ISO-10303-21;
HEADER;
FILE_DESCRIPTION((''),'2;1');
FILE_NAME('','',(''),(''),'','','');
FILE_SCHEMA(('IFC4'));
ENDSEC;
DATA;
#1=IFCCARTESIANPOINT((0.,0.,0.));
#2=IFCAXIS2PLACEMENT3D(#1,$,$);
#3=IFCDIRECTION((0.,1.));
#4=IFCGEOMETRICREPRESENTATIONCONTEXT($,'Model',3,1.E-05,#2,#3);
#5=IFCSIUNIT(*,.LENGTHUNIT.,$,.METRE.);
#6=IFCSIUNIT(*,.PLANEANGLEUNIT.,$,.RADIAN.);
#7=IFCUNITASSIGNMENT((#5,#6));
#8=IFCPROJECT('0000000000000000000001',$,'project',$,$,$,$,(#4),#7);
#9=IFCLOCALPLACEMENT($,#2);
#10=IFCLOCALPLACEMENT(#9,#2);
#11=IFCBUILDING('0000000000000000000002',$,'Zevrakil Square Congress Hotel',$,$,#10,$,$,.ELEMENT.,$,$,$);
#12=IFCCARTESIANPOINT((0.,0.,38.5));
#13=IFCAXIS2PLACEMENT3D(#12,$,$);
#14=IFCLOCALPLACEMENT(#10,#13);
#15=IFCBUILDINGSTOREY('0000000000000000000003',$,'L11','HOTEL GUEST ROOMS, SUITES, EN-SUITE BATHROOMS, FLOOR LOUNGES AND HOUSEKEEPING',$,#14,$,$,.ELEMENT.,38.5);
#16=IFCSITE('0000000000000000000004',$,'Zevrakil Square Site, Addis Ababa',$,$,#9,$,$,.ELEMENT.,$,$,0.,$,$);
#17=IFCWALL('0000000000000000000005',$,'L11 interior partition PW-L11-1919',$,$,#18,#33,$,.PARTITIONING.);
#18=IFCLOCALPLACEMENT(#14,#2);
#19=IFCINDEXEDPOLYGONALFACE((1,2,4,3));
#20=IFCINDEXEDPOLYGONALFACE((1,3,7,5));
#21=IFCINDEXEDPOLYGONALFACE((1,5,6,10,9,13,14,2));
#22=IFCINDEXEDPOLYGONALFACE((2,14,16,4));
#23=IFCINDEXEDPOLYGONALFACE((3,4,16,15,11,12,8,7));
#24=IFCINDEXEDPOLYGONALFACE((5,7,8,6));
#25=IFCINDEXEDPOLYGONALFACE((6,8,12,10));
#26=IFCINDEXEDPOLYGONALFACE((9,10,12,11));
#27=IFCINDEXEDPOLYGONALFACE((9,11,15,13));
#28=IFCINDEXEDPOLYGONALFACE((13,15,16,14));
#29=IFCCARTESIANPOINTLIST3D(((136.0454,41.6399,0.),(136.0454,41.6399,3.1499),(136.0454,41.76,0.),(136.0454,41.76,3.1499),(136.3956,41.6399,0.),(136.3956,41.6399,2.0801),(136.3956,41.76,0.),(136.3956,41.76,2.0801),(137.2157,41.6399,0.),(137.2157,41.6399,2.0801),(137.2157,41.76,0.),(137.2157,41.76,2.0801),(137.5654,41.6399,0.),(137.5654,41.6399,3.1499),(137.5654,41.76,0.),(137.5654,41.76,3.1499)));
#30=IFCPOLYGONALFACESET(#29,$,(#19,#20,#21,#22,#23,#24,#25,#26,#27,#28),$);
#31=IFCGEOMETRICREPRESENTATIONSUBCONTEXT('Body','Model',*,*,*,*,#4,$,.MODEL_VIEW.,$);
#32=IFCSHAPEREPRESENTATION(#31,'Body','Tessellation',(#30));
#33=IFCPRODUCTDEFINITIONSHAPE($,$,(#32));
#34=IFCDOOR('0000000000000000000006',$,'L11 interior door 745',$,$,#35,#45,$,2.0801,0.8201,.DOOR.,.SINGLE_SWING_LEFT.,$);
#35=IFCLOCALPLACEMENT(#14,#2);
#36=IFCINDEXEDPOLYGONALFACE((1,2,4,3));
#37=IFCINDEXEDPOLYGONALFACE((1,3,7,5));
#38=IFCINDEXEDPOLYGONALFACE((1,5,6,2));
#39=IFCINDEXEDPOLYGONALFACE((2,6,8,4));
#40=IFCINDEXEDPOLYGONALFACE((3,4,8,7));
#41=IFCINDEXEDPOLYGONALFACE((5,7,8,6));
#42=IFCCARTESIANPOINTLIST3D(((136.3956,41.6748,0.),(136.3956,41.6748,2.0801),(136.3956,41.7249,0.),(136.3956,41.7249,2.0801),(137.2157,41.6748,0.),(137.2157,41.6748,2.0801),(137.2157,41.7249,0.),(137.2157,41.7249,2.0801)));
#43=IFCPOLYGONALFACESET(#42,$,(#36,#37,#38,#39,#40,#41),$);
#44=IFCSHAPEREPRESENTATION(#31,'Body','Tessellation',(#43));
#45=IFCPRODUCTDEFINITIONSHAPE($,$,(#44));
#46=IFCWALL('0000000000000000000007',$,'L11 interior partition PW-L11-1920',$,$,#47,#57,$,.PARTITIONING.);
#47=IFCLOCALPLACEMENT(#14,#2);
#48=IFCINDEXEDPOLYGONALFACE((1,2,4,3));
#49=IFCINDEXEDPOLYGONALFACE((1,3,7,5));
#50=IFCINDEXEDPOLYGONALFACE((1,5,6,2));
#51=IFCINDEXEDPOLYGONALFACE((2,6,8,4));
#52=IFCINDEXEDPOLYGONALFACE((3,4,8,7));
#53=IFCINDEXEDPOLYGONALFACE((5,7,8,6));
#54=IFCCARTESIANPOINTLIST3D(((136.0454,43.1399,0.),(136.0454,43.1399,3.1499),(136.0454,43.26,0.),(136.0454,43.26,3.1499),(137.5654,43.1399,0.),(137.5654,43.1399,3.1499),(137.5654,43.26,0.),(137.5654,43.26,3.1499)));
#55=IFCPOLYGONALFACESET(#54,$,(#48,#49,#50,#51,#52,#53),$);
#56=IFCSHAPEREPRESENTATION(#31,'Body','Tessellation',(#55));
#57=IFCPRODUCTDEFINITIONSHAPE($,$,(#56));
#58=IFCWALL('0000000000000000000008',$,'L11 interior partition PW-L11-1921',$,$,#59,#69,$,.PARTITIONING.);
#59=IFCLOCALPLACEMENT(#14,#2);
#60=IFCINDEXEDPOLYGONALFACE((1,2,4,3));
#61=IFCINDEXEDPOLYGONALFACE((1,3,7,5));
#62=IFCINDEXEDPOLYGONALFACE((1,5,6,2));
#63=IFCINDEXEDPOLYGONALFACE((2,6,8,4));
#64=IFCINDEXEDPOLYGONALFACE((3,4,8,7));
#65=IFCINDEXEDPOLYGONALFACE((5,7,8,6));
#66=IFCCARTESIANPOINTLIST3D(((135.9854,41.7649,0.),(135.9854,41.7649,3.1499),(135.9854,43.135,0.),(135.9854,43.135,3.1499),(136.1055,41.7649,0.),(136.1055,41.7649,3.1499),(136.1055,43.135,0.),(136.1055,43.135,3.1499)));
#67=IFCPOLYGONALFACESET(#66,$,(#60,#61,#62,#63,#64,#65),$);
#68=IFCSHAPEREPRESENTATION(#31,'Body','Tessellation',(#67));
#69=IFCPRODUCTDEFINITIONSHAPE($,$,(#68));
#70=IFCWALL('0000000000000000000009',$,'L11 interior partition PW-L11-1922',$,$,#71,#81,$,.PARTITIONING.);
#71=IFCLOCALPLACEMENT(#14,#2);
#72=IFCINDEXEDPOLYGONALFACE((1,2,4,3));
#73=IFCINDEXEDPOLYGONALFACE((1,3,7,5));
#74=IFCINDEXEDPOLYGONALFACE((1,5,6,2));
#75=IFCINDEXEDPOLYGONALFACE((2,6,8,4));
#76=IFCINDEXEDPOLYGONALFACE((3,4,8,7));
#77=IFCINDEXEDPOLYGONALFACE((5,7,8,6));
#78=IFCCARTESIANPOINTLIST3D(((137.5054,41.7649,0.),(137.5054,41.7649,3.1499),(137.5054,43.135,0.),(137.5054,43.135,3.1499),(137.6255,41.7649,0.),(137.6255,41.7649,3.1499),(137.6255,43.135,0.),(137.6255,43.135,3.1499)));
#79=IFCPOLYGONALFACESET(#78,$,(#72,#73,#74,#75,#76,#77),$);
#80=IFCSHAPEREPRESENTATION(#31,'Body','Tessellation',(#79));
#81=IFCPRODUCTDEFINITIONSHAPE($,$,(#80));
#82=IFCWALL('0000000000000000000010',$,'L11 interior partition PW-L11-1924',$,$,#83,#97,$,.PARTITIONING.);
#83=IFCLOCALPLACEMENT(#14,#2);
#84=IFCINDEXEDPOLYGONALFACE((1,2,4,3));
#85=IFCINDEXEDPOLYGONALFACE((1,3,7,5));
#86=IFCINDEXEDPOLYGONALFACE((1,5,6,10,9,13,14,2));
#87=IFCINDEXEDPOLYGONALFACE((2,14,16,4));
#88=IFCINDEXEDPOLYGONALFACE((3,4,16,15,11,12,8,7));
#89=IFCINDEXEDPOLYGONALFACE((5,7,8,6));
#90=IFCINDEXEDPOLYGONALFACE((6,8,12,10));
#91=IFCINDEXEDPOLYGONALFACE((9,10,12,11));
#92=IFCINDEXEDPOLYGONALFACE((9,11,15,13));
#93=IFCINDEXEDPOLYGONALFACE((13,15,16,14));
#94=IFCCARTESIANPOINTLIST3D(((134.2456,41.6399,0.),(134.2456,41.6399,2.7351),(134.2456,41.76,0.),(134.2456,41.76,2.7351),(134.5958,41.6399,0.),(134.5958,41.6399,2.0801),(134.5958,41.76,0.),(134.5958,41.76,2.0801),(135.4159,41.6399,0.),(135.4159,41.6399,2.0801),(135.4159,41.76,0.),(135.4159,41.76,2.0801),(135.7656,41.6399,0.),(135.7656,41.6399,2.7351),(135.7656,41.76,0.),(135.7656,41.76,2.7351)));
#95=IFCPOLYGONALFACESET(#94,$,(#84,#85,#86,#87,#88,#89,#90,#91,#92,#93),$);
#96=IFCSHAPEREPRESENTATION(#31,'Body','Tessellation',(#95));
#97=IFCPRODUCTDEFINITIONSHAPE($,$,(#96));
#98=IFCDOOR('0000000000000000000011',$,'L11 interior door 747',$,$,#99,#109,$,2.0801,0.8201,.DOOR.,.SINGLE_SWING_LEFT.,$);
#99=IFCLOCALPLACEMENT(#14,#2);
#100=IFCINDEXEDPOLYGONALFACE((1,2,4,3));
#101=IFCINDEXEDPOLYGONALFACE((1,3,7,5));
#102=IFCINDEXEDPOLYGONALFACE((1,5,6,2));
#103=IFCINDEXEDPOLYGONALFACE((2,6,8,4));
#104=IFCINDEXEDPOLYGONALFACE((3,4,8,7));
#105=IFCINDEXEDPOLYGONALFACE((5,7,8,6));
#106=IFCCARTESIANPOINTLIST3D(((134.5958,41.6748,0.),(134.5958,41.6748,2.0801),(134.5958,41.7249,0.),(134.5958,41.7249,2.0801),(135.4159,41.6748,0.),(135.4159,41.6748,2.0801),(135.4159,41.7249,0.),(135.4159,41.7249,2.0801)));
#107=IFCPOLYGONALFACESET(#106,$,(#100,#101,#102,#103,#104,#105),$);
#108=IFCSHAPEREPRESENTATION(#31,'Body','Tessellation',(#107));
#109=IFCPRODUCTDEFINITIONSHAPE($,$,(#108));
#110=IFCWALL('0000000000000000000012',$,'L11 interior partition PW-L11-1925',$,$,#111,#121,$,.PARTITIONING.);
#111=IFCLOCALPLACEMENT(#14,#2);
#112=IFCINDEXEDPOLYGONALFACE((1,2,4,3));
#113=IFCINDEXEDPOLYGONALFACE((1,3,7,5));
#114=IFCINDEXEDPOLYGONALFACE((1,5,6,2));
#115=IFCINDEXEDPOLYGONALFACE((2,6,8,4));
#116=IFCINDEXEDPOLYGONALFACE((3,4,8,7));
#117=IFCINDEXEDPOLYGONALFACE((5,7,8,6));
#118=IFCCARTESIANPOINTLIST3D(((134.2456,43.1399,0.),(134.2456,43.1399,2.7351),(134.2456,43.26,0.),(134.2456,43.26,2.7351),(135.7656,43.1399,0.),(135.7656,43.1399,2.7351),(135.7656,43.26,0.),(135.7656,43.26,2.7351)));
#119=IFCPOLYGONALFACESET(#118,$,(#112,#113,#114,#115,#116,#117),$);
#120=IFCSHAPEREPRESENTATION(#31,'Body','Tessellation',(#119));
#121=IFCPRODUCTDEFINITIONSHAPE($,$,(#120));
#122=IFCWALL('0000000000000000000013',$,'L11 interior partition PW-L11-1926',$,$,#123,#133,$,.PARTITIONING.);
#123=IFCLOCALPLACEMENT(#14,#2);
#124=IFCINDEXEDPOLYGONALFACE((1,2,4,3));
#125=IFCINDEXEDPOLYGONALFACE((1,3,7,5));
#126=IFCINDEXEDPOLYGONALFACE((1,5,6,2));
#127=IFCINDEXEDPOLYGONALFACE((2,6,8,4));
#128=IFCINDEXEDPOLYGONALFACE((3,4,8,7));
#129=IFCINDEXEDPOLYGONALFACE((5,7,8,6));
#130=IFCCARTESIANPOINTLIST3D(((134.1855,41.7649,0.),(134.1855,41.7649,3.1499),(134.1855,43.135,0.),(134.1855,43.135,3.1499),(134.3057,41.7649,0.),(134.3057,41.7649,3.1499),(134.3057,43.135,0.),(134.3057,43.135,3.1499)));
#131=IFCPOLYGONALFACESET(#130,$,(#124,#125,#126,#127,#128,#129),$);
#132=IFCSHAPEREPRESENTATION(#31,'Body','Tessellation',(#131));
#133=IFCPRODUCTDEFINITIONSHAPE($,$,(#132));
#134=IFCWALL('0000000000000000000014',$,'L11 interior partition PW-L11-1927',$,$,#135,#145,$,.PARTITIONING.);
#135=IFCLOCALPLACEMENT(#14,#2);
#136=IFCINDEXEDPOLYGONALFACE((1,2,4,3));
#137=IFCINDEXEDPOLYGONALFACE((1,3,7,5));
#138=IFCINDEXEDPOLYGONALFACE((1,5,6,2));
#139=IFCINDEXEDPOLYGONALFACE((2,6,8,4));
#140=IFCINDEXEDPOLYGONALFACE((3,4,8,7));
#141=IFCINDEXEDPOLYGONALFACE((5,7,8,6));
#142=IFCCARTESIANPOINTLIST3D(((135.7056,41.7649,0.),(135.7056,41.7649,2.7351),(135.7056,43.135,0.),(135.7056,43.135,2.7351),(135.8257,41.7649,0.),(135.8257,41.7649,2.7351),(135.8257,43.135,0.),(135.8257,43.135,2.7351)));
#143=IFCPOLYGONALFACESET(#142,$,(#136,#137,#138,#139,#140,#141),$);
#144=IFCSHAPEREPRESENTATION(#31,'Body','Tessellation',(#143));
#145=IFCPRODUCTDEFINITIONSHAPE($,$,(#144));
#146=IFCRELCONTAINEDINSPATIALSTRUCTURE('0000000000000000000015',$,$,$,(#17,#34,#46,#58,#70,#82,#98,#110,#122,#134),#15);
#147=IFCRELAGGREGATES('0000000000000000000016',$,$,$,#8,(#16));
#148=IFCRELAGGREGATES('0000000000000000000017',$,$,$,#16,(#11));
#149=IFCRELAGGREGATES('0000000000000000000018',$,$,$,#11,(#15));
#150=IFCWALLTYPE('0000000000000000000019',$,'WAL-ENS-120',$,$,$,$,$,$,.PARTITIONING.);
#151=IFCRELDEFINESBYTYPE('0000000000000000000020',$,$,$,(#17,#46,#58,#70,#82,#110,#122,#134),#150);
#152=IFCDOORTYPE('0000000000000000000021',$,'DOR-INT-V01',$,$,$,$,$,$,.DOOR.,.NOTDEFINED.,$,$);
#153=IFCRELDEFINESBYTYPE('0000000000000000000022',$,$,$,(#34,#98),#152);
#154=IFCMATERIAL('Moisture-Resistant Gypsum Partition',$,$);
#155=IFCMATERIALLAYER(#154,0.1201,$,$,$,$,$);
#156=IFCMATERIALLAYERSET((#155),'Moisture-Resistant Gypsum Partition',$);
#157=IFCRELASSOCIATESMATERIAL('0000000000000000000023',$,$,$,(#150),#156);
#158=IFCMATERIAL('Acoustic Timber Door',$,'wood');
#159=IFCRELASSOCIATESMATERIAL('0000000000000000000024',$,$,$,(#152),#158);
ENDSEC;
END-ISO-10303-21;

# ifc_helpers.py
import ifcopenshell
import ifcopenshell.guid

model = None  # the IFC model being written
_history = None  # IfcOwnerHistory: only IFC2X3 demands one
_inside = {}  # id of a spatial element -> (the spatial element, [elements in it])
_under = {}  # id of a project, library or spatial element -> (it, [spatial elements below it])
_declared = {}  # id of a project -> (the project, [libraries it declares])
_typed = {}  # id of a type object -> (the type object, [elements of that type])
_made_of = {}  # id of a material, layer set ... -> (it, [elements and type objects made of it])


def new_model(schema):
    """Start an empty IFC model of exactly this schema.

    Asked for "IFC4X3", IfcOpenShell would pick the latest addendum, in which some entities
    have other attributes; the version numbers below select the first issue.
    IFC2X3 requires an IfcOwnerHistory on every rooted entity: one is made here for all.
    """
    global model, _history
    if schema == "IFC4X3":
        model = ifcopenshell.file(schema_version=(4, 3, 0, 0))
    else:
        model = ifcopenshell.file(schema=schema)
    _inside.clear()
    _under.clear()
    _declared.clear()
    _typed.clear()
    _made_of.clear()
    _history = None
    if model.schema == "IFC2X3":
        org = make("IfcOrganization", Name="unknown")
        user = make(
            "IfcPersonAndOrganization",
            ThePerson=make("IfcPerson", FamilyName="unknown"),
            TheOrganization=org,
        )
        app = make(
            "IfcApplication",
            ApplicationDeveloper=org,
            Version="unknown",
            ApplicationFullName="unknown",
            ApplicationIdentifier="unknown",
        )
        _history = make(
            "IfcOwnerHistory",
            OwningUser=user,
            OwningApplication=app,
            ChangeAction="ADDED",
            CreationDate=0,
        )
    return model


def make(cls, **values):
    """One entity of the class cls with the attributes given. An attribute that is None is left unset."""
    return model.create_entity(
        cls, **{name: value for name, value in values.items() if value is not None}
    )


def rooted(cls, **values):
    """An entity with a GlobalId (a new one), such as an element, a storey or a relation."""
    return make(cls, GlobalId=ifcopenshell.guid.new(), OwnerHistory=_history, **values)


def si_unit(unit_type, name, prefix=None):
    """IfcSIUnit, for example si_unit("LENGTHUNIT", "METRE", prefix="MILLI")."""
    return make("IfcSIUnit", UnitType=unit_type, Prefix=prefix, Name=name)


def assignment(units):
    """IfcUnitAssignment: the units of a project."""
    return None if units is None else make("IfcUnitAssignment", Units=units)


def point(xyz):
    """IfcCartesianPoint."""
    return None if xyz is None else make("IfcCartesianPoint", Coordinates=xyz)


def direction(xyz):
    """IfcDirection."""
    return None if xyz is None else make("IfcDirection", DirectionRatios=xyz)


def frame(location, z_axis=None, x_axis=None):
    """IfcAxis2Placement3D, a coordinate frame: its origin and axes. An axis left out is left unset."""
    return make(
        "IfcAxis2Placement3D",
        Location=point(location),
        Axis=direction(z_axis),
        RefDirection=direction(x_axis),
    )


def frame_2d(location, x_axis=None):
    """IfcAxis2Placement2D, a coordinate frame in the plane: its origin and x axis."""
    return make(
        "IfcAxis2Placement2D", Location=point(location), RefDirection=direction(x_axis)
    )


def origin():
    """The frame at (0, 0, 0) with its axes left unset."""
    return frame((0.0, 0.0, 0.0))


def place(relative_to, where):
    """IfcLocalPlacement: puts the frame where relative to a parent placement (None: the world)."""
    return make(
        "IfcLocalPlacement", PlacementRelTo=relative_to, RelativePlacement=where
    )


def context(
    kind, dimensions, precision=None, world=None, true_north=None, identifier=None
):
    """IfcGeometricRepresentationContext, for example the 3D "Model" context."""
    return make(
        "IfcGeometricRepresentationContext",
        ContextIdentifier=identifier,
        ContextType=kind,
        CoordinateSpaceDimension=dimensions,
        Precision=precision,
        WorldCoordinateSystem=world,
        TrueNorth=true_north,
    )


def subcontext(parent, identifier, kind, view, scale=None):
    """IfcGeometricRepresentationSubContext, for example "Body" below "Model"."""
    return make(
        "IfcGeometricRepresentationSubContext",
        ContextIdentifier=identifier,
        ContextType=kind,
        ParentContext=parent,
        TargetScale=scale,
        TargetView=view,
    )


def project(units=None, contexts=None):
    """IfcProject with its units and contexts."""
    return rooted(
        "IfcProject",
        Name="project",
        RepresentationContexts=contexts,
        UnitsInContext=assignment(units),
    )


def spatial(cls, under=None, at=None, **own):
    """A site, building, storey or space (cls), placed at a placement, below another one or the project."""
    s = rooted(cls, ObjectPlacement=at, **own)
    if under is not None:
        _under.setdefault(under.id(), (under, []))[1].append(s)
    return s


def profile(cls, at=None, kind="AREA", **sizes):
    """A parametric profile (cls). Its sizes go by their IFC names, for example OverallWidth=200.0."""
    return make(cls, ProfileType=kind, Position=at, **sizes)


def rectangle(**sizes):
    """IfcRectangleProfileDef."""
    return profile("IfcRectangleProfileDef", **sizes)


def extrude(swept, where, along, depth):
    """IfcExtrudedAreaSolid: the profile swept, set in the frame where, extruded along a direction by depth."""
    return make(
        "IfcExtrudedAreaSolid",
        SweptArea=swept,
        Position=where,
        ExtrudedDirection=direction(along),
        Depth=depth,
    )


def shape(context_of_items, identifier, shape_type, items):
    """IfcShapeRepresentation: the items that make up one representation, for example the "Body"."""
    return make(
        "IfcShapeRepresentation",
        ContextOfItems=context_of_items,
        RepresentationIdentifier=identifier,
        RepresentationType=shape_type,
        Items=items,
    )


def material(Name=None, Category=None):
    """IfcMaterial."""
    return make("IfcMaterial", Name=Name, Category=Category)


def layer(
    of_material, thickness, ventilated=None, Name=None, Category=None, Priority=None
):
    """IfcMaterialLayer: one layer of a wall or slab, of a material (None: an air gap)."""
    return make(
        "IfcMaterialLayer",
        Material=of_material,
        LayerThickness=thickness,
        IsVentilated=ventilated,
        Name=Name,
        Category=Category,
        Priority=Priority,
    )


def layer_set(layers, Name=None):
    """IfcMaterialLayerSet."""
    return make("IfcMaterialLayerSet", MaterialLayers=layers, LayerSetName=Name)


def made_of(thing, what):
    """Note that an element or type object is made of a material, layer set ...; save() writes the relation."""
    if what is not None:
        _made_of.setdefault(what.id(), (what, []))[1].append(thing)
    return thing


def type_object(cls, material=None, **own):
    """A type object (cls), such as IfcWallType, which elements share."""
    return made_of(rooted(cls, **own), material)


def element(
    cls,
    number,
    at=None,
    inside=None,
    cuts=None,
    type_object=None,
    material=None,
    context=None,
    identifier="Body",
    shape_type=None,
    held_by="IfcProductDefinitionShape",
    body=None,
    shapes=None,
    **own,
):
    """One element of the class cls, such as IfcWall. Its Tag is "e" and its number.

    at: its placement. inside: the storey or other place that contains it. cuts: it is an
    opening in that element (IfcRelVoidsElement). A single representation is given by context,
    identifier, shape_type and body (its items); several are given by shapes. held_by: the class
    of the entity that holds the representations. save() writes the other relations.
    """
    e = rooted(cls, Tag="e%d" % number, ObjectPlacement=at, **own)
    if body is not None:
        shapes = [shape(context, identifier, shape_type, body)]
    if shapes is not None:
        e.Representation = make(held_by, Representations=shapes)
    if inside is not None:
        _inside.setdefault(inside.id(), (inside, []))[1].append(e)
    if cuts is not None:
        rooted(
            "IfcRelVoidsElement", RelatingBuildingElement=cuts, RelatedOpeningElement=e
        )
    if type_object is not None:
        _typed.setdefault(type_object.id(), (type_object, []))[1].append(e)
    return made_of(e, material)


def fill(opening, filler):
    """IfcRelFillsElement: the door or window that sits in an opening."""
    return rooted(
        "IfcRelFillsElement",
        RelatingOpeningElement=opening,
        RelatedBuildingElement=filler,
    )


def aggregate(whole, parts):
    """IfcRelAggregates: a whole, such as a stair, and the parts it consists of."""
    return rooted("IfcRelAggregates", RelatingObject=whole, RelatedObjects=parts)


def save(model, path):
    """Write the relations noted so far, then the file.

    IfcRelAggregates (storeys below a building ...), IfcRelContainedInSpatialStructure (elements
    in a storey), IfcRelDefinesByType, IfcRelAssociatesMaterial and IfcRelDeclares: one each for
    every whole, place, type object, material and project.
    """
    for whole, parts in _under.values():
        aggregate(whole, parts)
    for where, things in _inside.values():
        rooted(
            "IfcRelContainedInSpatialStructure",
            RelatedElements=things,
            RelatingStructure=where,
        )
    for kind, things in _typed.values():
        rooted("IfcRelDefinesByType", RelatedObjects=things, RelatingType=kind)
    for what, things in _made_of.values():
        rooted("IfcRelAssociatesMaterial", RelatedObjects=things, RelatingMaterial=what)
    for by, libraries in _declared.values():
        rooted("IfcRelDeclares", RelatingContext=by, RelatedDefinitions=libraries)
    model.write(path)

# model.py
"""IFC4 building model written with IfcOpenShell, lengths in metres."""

from ifc_helpers import new_model, si_unit, direction, frame, frame_2d, origin, place, context, subcontext, project, spatial, rectangle, extrude, material, layer, layer_set, type_object, element, fill, save


model = new_model("IFC4")

# Units and contexts
model_context = context("Model", 3, precision=1e-05, world=origin(), true_north=direction((0.0, 1.0)))
body_context = subcontext(model_context, "Body", "Model", "MODEL_VIEW")
ifc_project = project(units=[si_unit("LENGTHUNIT", "METRE"), si_unit("PLANEANGLEUNIT", "RADIAN")], contexts=[model_context])

# Site, building, storey
site_placement = place(None, origin())
site = spatial("IfcSite", under=ifc_project, at=site_placement, Name="Zevrakil Square Site, Addis Ababa", CompositionType="ELEMENT", RefElevation=0.0)
building_placement = place(site_placement, origin())
building = spatial("IfcBuilding", under=site, at=building_placement, Name="Zevrakil Square Congress Hotel", CompositionType="ELEMENT")
storey_placement = place(building_placement, frame((0.0, 0.0, 38.5)))
storey = spatial("IfcBuildingStorey", under=building, at=storey_placement, Name="L11", Description="HOTEL GUEST ROOMS, SUITES, EN-SUITE BATHROOMS, FLOOR LOUNGES AND HOUSEKEEPING", CompositionType="ELEMENT", Elevation=38.5)

# Wall, opening, door
ifc_material_1 = material(Name="Moisture-Resistant Gypsum Partition")
ifc_layer_1 = layer(ifc_material_1, 0.1201)
ifc_layer_set_1 = layer_set([ifc_layer_1], Name="Moisture-Resistant Gypsum Partition")
wall_type_1 = type_object("IfcWallType", Name="WAL-ENS-120", PredefinedType="PARTITIONING", material=ifc_layer_set_1)
wall_1_placement = place(storey_placement, frame((136.0454, 41.7, 0.0), z_axis=(0.0, 0.0, 1.0), x_axis=(1.0, 0.0, 0.0)))
wall_1 = element("IfcWall", 1, at=wall_1_placement, inside=storey, type_object=wall_type_1, Name="L11 interior partition PW-L11-1919", PredefinedType="PARTITIONING", context=body_context, shape_type="SweptSolid", body=[
    extrude(rectangle(XDim=1.52, YDim=0.1201, at=frame_2d((0.76, 0.0))), origin(), (0.0, 0.0, 1.0), 3.1499),
])
opening_1_placement = place(wall_1_placement, frame((0.3501, 0.0, 0.0)))
opening_1 = element("IfcOpeningElement", 2, at=opening_1_placement, cuts=wall_1, PredefinedType="OPENING", context=body_context, shape_type="SweptSolid", body=[
    extrude(rectangle(XDim=0.8201, YDim=2.0801, at=frame_2d((0.4102, 1.04))), frame((0.0, 0.0701, 0.0), z_axis=(0.0, -1.0, 0.0), x_axis=(1.0, 0.0, 0.0)), (0.0, 0.0, 1.0), 0.1401),
])
ifc_material_2 = material(Name="Acoustic Timber Door", Category="wood")
door_type_1 = type_object("IfcDoorType", Name="DOR-INT-V01", OperationType="NOTDEFINED", PredefinedType="DOOR", material=ifc_material_2)
door_1_placement = place(opening_1_placement, origin())
door_1 = element("IfcDoor", 3, at=door_1_placement, inside=storey, type_object=door_type_1, Name="L11 interior door 745", OperationType="SINGLE_SWING_LEFT", OverallHeight=2.0801, OverallWidth=0.8201, PredefinedType="DOOR", context=body_context, shape_type="SweptSolid", body=[
    extrude(rectangle(XDim=0.8201, YDim=2.0801, at=frame_2d((0.4102, 1.04))), frame((0.0, 0.0249, 0.0), z_axis=(0.0, -1.0, 0.0), x_axis=(1.0, 0.0, 0.0)), (0.0, 0.0, 1.0), 0.05),
])
fill(opening_1, door_1)

# Walls
wall_2_placement = place(storey_placement, frame((136.0454, 43.2, 0.0), z_axis=(0.0, 0.0, 1.0), x_axis=(1.0, 0.0, 0.0)))
element("IfcWall", 4, at=wall_2_placement, inside=storey, type_object=wall_type_1, Name="L11 interior partition PW-L11-1920", PredefinedType="PARTITIONING", context=body_context, shape_type="SweptSolid", body=[
    extrude(rectangle(XDim=1.52, YDim=0.1201, at=frame_2d((0.76, 0.0))), origin(), (0.0, 0.0, 1.0), 3.1499),
])
for number, where, z_axis, x_axis, name in (
    (5, (136.0454, 41.7649, 0.0), (0.0, 0.0, 1.0), (0.0, 1.0, 0.0), "L11 interior partition PW-L11-1921"),
    (6, (137.5654, 41.7649, 0.0), (0.0, 0.0, 1.0), (0.0, 1.0, 0.0), "L11 interior partition PW-L11-1922"),
):
    element("IfcWall", number, at=place(storey_placement, frame(where, z_axis=z_axis, x_axis=x_axis)), inside=storey, type_object=wall_type_1, Name=name, PredefinedType="PARTITIONING", context=body_context, shape_type="SweptSolid", body=[
        extrude(rectangle(XDim=1.3701, YDim=0.1201, at=frame_2d((0.6851, 0.0))), origin(), (0.0, 0.0, 1.0), 3.1499),
    ])

# Wall, opening, door
wall_3_placement = place(storey_placement, frame((134.2456, 41.7, 0.0), z_axis=(0.0, 0.0, 1.0), x_axis=(1.0, 0.0, 0.0)))
wall_3 = element("IfcWall", 7, at=wall_3_placement, inside=storey, type_object=wall_type_1, Name="L11 interior partition PW-L11-1924", PredefinedType="PARTITIONING", context=body_context, shape_type="SweptSolid", body=[
    extrude(rectangle(XDim=1.52, YDim=0.1201, at=frame_2d((0.76, 0.0))), origin(), (0.0, 0.0, 1.0), 2.7351),
])
opening_2_placement = place(wall_3_placement, frame((0.3501, 0.0, 0.0)))
opening_2 = element("IfcOpeningElement", 8, at=opening_2_placement, cuts=wall_3, PredefinedType="OPENING", context=body_context, shape_type="SweptSolid", body=[
    extrude(rectangle(XDim=0.8201, YDim=2.0801, at=frame_2d((0.4102, 1.04))), frame((0.0, 0.0701, 0.0), z_axis=(0.0, -1.0, 0.0), x_axis=(1.0, 0.0, 0.0)), (0.0, 0.0, 1.0), 0.1401),
])
door_2_placement = place(opening_2_placement, origin())
door_2 = element("IfcDoor", 9, at=door_2_placement, inside=storey, type_object=door_type_1, Name="L11 interior door 747", OperationType="SINGLE_SWING_LEFT", OverallHeight=2.0801, OverallWidth=0.8201, PredefinedType="DOOR", context=body_context, shape_type="SweptSolid", body=[
    extrude(rectangle(XDim=0.8201, YDim=2.0801, at=frame_2d((0.4102, 1.04))), frame((0.0, 0.0249, 0.0), z_axis=(0.0, -1.0, 0.0), x_axis=(1.0, 0.0, 0.0)), (0.0, 0.0, 1.0), 0.05),
])
fill(opening_2, door_2)

# Walls
wall_4_placement = place(storey_placement, frame((134.2456, 43.2, 0.0), z_axis=(0.0, 0.0, 1.0), x_axis=(1.0, 0.0, 0.0)))
element("IfcWall", 10, at=wall_4_placement, inside=storey, type_object=wall_type_1, Name="L11 interior partition PW-L11-1925", PredefinedType="PARTITIONING", context=body_context, shape_type="SweptSolid", body=[
    extrude(rectangle(XDim=1.52, YDim=0.1201, at=frame_2d((0.76, 0.0))), origin(), (0.0, 0.0, 1.0), 2.7351),
])
wall_5_placement = place(storey_placement, frame((134.2456, 41.7649, 0.0), z_axis=(0.0, 0.0, 1.0), x_axis=(0.0, 1.0, 0.0)))
element("IfcWall", 11, at=wall_5_placement, inside=storey, type_object=wall_type_1, Name="L11 interior partition PW-L11-1926", PredefinedType="PARTITIONING", context=body_context, shape_type="SweptSolid", body=[
    extrude(rectangle(XDim=1.3701, YDim=0.1201, at=frame_2d((0.6851, 0.0))), origin(), (0.0, 0.0, 1.0), 3.1499),
])
wall_6_placement = place(storey_placement, frame((135.7656, 41.7649, 0.0), z_axis=(0.0, 0.0, 1.0), x_axis=(0.0, 1.0, 0.0)))
element("IfcWall", 12, at=wall_6_placement, inside=storey, type_object=wall_type_1, Name="L11 interior partition PW-L11-1927", PredefinedType="PARTITIONING", context=body_context, shape_type="SweptSolid", body=[
    extrude(rectangle(XDim=1.3701, YDim=0.1201, at=frame_2d((0.6851, 0.0))), origin(), (0.0, 0.0, 1.0), 2.7351),
])

save(model, "model.ifc")
